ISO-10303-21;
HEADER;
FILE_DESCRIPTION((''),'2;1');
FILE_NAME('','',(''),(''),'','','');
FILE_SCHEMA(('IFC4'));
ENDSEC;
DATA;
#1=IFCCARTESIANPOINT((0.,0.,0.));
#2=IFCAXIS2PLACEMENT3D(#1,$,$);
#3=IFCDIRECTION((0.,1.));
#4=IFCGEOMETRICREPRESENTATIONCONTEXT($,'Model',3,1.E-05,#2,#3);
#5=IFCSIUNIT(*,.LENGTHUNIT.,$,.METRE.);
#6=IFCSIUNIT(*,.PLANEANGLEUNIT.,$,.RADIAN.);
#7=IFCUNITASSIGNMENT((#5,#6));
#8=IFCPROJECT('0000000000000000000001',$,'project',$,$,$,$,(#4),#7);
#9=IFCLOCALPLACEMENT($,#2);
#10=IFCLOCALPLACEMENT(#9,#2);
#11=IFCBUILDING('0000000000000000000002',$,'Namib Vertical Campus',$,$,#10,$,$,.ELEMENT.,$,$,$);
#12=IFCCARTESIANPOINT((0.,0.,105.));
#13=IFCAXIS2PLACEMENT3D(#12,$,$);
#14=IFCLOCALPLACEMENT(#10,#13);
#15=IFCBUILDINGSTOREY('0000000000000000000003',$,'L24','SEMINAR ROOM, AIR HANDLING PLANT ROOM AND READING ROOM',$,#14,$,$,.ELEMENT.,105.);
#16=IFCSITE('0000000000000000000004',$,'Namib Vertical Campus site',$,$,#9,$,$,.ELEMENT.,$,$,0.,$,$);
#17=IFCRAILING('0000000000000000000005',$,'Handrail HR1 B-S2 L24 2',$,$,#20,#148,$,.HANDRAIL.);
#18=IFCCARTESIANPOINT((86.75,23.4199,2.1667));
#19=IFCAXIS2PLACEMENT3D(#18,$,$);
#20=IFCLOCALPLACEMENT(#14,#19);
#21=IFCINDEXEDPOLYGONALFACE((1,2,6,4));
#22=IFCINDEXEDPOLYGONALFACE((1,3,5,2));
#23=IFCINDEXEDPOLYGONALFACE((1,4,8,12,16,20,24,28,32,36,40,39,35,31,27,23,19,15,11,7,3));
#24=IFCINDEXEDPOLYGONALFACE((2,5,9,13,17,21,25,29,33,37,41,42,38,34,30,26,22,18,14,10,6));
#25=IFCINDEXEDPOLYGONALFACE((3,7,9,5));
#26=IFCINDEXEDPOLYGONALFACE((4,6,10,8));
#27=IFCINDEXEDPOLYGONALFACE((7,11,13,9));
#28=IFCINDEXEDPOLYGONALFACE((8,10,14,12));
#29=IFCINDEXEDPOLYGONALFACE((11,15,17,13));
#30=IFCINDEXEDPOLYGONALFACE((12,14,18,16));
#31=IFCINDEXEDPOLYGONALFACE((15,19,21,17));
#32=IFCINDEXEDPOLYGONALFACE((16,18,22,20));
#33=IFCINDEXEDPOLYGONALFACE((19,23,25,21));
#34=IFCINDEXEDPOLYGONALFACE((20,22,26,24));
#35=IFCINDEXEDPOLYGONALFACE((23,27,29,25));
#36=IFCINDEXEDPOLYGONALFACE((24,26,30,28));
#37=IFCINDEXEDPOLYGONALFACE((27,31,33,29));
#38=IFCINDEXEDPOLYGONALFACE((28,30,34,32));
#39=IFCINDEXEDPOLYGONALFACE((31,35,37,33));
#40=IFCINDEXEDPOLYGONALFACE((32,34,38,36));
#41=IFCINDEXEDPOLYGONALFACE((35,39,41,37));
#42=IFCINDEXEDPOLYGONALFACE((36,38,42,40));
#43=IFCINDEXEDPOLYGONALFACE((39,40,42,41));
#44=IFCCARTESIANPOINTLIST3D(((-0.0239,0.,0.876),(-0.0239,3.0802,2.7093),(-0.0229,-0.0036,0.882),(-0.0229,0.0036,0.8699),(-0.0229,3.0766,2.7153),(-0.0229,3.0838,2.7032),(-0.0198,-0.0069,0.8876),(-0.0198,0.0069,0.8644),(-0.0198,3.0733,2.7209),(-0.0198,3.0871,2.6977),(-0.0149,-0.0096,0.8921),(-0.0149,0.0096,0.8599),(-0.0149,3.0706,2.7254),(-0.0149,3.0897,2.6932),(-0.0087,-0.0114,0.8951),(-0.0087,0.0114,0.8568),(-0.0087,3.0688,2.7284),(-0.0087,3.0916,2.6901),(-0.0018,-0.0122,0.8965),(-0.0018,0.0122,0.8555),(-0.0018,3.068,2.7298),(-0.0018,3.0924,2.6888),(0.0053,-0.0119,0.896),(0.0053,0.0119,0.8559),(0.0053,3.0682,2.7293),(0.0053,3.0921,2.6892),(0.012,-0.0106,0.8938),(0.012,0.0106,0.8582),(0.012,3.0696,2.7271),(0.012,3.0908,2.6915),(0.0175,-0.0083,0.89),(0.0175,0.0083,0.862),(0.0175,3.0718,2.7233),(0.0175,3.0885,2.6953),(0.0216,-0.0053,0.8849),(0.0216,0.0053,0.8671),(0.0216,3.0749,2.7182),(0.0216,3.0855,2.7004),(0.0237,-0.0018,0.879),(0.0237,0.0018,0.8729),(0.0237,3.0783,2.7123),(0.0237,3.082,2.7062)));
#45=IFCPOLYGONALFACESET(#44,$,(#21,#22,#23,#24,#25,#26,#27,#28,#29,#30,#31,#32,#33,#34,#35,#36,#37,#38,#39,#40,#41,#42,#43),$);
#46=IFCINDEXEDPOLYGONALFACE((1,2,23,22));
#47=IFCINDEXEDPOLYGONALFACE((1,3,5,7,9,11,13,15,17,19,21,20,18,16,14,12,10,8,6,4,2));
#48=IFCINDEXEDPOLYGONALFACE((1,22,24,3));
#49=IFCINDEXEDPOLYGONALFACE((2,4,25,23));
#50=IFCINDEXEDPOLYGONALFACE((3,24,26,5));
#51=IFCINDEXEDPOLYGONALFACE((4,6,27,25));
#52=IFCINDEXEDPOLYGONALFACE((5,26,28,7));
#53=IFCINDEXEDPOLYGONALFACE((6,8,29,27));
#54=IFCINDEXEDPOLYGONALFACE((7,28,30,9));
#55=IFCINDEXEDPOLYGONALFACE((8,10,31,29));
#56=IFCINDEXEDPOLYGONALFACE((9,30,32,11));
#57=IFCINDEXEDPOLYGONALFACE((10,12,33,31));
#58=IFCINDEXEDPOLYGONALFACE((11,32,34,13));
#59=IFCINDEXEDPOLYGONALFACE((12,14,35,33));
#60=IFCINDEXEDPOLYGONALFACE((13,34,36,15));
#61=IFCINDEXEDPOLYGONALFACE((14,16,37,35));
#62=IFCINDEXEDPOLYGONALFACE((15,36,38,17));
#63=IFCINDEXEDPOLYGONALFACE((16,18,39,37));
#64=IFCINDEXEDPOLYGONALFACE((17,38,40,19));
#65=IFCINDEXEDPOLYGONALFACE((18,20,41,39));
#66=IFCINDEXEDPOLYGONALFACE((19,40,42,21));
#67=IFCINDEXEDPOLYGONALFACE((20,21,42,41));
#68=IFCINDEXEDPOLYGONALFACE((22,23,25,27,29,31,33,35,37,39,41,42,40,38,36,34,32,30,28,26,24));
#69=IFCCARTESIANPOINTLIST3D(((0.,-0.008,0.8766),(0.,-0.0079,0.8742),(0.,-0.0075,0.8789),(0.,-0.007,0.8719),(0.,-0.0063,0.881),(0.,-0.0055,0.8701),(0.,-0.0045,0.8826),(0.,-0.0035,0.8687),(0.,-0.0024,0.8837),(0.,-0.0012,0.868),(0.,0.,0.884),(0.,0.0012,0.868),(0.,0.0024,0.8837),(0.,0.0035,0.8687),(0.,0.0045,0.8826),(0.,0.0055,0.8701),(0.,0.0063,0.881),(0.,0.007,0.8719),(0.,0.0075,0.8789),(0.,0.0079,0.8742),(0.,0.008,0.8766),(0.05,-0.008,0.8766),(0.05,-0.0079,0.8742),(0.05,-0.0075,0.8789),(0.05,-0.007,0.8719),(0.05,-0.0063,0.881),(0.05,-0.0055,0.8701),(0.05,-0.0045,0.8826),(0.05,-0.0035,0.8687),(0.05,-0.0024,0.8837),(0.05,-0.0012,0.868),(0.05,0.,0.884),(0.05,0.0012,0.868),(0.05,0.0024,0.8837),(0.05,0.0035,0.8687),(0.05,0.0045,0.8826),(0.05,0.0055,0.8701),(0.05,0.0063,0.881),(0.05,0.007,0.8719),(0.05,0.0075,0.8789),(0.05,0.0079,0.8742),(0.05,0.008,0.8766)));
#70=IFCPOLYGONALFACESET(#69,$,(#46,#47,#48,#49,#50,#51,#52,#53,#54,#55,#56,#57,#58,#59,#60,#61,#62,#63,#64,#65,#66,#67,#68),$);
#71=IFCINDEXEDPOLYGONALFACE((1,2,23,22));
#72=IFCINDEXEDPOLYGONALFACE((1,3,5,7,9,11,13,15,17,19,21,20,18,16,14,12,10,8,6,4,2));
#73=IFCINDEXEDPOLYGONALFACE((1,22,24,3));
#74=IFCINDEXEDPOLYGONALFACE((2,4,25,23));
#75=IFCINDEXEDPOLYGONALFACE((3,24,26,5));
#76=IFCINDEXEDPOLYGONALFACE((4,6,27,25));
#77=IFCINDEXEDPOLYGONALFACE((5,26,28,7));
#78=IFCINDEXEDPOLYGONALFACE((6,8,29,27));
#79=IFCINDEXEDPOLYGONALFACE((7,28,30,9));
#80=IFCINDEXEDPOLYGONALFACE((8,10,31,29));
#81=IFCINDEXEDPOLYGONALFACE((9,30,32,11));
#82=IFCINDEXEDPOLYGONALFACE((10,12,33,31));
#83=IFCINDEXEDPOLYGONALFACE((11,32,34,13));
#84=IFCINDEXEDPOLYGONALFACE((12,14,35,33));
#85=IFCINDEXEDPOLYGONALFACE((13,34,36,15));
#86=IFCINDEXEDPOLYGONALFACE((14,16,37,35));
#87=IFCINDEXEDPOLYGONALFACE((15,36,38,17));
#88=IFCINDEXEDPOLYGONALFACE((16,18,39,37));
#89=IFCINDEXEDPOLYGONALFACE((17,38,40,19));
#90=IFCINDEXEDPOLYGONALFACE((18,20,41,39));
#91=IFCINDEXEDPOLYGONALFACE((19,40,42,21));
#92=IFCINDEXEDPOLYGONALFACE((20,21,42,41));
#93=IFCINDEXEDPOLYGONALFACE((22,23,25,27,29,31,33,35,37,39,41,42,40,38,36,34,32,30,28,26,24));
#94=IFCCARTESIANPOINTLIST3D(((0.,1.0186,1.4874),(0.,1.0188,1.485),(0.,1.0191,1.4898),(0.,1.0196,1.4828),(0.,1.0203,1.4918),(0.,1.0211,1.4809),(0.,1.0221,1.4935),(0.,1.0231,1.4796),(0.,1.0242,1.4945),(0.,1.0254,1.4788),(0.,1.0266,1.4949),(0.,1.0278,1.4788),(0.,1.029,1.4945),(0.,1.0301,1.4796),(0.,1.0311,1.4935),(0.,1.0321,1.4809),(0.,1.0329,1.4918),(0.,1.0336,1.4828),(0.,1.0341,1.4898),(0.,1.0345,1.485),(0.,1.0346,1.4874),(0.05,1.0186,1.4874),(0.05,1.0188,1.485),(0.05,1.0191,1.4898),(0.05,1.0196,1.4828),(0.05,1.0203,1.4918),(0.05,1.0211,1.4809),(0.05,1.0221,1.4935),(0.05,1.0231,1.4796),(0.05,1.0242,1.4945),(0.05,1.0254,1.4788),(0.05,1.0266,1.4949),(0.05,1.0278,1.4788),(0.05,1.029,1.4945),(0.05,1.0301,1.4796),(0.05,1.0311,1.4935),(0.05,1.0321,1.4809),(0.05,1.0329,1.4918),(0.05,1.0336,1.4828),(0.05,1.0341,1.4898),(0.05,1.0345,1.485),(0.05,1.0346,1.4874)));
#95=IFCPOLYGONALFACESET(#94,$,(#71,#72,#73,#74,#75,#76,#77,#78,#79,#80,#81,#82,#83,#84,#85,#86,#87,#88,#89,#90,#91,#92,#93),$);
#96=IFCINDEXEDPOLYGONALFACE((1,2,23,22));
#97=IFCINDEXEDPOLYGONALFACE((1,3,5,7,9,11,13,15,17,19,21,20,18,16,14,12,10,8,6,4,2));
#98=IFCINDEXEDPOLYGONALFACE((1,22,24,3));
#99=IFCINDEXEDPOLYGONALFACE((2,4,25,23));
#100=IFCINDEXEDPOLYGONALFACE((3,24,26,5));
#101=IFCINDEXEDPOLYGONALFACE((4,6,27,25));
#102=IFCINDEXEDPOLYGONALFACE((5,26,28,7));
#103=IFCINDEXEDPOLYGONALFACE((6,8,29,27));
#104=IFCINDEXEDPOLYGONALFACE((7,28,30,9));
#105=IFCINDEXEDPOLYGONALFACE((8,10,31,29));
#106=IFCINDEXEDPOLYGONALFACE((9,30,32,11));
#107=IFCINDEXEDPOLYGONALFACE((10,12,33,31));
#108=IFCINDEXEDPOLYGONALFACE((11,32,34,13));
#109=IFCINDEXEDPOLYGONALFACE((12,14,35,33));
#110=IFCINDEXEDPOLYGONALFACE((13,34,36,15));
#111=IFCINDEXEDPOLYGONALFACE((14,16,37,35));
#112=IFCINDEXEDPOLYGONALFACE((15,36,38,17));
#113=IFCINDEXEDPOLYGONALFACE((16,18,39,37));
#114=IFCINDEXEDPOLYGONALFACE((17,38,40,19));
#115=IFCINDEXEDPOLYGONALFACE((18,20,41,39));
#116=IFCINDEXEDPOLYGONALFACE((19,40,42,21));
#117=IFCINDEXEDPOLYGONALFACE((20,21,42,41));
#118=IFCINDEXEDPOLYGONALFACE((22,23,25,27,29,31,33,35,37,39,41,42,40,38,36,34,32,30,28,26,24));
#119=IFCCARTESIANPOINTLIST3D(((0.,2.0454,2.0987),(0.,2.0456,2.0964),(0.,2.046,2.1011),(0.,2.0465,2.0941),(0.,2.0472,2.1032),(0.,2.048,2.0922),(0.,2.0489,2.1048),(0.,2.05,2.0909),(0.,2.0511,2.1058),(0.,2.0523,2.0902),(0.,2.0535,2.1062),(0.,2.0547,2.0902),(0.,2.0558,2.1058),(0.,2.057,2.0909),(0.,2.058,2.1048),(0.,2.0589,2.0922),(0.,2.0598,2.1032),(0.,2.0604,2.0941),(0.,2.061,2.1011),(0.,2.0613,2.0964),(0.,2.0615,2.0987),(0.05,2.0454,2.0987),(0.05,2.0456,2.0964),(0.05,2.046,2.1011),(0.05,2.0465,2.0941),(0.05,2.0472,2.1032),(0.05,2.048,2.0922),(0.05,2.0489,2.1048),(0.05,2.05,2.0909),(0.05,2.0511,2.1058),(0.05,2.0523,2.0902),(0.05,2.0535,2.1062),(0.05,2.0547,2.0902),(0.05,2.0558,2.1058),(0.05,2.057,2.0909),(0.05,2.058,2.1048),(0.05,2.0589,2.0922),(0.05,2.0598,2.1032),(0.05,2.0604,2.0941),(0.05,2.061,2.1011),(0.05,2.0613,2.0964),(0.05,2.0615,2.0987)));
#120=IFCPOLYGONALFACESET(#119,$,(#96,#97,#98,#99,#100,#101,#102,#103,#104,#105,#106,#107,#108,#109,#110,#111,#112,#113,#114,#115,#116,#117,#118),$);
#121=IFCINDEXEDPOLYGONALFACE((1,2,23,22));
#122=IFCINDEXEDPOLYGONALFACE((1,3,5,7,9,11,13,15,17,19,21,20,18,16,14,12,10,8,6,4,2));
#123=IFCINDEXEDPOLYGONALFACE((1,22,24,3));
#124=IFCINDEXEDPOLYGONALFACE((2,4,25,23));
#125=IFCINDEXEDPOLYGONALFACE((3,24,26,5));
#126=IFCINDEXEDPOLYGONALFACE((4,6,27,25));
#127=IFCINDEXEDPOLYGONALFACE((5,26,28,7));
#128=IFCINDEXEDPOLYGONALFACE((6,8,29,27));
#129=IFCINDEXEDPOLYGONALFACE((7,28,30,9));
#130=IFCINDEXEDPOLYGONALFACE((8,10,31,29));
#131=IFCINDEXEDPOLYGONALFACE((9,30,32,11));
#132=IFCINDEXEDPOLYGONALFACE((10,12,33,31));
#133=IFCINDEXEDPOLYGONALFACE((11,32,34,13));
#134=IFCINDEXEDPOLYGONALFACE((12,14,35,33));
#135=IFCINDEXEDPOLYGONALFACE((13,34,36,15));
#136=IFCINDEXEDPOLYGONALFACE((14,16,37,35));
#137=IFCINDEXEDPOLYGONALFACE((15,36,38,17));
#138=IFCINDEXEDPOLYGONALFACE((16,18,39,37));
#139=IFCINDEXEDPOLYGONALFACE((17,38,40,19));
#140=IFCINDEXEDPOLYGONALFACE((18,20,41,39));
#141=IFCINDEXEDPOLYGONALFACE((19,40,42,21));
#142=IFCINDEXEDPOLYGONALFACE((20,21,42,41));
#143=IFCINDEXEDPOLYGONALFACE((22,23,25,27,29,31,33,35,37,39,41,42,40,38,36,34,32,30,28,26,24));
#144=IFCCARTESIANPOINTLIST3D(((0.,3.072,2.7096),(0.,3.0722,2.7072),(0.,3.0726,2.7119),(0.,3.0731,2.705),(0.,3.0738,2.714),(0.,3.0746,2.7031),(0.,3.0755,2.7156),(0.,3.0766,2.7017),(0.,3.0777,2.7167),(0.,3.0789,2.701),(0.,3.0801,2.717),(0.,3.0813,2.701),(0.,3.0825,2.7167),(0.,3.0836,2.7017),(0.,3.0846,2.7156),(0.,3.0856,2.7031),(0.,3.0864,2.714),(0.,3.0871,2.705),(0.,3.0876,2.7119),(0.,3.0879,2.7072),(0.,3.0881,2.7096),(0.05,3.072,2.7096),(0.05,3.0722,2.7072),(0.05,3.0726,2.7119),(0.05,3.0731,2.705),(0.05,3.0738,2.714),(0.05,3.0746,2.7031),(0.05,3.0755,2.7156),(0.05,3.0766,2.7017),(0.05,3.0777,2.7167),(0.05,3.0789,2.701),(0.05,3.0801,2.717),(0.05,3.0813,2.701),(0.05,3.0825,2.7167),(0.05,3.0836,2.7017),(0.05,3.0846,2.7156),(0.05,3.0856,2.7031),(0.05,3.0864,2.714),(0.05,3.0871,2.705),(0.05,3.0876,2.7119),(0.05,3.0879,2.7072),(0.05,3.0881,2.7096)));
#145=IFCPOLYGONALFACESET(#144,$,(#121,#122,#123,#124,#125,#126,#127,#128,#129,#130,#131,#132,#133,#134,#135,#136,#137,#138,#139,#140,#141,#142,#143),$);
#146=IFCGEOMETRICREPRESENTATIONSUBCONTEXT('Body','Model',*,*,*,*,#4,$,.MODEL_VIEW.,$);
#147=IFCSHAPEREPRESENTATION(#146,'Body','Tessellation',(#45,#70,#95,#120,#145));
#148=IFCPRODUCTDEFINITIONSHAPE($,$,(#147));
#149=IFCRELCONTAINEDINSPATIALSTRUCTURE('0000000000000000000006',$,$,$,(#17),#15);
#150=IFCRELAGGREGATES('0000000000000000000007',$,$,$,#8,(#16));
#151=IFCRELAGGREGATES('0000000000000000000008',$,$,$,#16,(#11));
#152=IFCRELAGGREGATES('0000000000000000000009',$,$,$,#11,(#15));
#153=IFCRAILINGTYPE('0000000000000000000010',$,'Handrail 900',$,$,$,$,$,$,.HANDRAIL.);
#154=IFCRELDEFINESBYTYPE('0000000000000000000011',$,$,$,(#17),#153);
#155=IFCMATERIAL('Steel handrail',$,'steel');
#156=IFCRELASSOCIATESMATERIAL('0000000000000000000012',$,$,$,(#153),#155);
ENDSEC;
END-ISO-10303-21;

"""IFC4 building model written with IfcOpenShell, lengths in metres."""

from ifc_helpers import new_model, si_unit, direction, frame, origin, origin_2d, place, context, subcontext, project, spatial, circle, extrude, material, type_object, element, save


model = new_model("IFC4")

# Units and contexts
model_context = context("Model", 3, precision=1e-05, world=origin(), true_north=direction((0.0, 1.0)))
body_context = subcontext(model_context, "Body", "Model", "MODEL_VIEW")
ifc_project = project(units=[si_unit("LENGTHUNIT", "METRE"), si_unit("PLANEANGLEUNIT", "RADIAN")], contexts=[model_context])

# Site, building, storey
site_placement = place(None, origin())
site = spatial("IfcSite", under=ifc_project, at=site_placement, Name="Namib Vertical Campus site", CompositionType="ELEMENT", RefElevation=0.0)
building_placement = place(site_placement, origin())
building = spatial("IfcBuilding", under=site, at=building_placement, Name="Namib Vertical Campus", CompositionType="ELEMENT")
storey_placement = place(building_placement, frame((0.0, 0.0, 105.0)))
storey = spatial("IfcBuildingStorey", under=building, at=storey_placement, Name="L24", Description="SEMINAR ROOM, AIR HANDLING PLANT ROOM AND READING ROOM", CompositionType="ELEMENT", Elevation=105.0)

# Railing
ifc_material_1 = material(Name="Steel handrail", Category="steel")
railing_type_1 = type_object("IfcRailingType", Name="Handrail 900", PredefinedType="HANDRAIL", material=ifc_material_1)
railing_1_placement = place(storey_placement, frame((86.75, 23.4199, 2.1667)))
element("IfcRailing", 1, at=railing_1_placement, inside=storey, type_object=railing_type_1, Name="Handrail HR1 B-S2 L24 2", PredefinedType="HANDRAIL", context=body_context, shape_type="SweptSolid", body=[
    extrude(circle(Radius=0.0239, at=origin_2d()), frame((0.0, 0.0, 0.876), z_axis=(0.0, 0.859309, 0.511458), x_axis=(-1.0, 0.0, 0.0)), (0.0, 0.0, 1.0), 3.5845),
    extrude(circle(Radius=0.0081, at=origin_2d()), frame((0.0, 0.0, 0.876), z_axis=(1.0, 0.0, 0.0), x_axis=(0.0, 0.0, 1.0)), (0.0, 0.0, 1.0), 0.05),
    extrude(circle(Radius=0.0081, at=origin_2d()), frame((0.0, 1.0266, 1.4868), z_axis=(1.0, 0.0, 0.0), x_axis=(0.0, 0.0, 1.0)), (0.0, 0.0, 1.0), 0.05),
    extrude(circle(Radius=0.0081, at=origin_2d()), frame((0.0, 2.0535, 2.0981), z_axis=(1.0, 0.0, 0.0), x_axis=(0.0, 0.0, 1.0)), (0.0, 0.0, 1.0), 0.05),
    extrude(circle(Radius=0.0081, at=origin_2d()), frame((0.0, 3.0801, 2.709), z_axis=(1.0, 0.0, 0.0), x_axis=(0.0, 0.0, 1.0)), (0.0, 0.0, 1.0), 0.05),
])

save(model, "model.ifc")
